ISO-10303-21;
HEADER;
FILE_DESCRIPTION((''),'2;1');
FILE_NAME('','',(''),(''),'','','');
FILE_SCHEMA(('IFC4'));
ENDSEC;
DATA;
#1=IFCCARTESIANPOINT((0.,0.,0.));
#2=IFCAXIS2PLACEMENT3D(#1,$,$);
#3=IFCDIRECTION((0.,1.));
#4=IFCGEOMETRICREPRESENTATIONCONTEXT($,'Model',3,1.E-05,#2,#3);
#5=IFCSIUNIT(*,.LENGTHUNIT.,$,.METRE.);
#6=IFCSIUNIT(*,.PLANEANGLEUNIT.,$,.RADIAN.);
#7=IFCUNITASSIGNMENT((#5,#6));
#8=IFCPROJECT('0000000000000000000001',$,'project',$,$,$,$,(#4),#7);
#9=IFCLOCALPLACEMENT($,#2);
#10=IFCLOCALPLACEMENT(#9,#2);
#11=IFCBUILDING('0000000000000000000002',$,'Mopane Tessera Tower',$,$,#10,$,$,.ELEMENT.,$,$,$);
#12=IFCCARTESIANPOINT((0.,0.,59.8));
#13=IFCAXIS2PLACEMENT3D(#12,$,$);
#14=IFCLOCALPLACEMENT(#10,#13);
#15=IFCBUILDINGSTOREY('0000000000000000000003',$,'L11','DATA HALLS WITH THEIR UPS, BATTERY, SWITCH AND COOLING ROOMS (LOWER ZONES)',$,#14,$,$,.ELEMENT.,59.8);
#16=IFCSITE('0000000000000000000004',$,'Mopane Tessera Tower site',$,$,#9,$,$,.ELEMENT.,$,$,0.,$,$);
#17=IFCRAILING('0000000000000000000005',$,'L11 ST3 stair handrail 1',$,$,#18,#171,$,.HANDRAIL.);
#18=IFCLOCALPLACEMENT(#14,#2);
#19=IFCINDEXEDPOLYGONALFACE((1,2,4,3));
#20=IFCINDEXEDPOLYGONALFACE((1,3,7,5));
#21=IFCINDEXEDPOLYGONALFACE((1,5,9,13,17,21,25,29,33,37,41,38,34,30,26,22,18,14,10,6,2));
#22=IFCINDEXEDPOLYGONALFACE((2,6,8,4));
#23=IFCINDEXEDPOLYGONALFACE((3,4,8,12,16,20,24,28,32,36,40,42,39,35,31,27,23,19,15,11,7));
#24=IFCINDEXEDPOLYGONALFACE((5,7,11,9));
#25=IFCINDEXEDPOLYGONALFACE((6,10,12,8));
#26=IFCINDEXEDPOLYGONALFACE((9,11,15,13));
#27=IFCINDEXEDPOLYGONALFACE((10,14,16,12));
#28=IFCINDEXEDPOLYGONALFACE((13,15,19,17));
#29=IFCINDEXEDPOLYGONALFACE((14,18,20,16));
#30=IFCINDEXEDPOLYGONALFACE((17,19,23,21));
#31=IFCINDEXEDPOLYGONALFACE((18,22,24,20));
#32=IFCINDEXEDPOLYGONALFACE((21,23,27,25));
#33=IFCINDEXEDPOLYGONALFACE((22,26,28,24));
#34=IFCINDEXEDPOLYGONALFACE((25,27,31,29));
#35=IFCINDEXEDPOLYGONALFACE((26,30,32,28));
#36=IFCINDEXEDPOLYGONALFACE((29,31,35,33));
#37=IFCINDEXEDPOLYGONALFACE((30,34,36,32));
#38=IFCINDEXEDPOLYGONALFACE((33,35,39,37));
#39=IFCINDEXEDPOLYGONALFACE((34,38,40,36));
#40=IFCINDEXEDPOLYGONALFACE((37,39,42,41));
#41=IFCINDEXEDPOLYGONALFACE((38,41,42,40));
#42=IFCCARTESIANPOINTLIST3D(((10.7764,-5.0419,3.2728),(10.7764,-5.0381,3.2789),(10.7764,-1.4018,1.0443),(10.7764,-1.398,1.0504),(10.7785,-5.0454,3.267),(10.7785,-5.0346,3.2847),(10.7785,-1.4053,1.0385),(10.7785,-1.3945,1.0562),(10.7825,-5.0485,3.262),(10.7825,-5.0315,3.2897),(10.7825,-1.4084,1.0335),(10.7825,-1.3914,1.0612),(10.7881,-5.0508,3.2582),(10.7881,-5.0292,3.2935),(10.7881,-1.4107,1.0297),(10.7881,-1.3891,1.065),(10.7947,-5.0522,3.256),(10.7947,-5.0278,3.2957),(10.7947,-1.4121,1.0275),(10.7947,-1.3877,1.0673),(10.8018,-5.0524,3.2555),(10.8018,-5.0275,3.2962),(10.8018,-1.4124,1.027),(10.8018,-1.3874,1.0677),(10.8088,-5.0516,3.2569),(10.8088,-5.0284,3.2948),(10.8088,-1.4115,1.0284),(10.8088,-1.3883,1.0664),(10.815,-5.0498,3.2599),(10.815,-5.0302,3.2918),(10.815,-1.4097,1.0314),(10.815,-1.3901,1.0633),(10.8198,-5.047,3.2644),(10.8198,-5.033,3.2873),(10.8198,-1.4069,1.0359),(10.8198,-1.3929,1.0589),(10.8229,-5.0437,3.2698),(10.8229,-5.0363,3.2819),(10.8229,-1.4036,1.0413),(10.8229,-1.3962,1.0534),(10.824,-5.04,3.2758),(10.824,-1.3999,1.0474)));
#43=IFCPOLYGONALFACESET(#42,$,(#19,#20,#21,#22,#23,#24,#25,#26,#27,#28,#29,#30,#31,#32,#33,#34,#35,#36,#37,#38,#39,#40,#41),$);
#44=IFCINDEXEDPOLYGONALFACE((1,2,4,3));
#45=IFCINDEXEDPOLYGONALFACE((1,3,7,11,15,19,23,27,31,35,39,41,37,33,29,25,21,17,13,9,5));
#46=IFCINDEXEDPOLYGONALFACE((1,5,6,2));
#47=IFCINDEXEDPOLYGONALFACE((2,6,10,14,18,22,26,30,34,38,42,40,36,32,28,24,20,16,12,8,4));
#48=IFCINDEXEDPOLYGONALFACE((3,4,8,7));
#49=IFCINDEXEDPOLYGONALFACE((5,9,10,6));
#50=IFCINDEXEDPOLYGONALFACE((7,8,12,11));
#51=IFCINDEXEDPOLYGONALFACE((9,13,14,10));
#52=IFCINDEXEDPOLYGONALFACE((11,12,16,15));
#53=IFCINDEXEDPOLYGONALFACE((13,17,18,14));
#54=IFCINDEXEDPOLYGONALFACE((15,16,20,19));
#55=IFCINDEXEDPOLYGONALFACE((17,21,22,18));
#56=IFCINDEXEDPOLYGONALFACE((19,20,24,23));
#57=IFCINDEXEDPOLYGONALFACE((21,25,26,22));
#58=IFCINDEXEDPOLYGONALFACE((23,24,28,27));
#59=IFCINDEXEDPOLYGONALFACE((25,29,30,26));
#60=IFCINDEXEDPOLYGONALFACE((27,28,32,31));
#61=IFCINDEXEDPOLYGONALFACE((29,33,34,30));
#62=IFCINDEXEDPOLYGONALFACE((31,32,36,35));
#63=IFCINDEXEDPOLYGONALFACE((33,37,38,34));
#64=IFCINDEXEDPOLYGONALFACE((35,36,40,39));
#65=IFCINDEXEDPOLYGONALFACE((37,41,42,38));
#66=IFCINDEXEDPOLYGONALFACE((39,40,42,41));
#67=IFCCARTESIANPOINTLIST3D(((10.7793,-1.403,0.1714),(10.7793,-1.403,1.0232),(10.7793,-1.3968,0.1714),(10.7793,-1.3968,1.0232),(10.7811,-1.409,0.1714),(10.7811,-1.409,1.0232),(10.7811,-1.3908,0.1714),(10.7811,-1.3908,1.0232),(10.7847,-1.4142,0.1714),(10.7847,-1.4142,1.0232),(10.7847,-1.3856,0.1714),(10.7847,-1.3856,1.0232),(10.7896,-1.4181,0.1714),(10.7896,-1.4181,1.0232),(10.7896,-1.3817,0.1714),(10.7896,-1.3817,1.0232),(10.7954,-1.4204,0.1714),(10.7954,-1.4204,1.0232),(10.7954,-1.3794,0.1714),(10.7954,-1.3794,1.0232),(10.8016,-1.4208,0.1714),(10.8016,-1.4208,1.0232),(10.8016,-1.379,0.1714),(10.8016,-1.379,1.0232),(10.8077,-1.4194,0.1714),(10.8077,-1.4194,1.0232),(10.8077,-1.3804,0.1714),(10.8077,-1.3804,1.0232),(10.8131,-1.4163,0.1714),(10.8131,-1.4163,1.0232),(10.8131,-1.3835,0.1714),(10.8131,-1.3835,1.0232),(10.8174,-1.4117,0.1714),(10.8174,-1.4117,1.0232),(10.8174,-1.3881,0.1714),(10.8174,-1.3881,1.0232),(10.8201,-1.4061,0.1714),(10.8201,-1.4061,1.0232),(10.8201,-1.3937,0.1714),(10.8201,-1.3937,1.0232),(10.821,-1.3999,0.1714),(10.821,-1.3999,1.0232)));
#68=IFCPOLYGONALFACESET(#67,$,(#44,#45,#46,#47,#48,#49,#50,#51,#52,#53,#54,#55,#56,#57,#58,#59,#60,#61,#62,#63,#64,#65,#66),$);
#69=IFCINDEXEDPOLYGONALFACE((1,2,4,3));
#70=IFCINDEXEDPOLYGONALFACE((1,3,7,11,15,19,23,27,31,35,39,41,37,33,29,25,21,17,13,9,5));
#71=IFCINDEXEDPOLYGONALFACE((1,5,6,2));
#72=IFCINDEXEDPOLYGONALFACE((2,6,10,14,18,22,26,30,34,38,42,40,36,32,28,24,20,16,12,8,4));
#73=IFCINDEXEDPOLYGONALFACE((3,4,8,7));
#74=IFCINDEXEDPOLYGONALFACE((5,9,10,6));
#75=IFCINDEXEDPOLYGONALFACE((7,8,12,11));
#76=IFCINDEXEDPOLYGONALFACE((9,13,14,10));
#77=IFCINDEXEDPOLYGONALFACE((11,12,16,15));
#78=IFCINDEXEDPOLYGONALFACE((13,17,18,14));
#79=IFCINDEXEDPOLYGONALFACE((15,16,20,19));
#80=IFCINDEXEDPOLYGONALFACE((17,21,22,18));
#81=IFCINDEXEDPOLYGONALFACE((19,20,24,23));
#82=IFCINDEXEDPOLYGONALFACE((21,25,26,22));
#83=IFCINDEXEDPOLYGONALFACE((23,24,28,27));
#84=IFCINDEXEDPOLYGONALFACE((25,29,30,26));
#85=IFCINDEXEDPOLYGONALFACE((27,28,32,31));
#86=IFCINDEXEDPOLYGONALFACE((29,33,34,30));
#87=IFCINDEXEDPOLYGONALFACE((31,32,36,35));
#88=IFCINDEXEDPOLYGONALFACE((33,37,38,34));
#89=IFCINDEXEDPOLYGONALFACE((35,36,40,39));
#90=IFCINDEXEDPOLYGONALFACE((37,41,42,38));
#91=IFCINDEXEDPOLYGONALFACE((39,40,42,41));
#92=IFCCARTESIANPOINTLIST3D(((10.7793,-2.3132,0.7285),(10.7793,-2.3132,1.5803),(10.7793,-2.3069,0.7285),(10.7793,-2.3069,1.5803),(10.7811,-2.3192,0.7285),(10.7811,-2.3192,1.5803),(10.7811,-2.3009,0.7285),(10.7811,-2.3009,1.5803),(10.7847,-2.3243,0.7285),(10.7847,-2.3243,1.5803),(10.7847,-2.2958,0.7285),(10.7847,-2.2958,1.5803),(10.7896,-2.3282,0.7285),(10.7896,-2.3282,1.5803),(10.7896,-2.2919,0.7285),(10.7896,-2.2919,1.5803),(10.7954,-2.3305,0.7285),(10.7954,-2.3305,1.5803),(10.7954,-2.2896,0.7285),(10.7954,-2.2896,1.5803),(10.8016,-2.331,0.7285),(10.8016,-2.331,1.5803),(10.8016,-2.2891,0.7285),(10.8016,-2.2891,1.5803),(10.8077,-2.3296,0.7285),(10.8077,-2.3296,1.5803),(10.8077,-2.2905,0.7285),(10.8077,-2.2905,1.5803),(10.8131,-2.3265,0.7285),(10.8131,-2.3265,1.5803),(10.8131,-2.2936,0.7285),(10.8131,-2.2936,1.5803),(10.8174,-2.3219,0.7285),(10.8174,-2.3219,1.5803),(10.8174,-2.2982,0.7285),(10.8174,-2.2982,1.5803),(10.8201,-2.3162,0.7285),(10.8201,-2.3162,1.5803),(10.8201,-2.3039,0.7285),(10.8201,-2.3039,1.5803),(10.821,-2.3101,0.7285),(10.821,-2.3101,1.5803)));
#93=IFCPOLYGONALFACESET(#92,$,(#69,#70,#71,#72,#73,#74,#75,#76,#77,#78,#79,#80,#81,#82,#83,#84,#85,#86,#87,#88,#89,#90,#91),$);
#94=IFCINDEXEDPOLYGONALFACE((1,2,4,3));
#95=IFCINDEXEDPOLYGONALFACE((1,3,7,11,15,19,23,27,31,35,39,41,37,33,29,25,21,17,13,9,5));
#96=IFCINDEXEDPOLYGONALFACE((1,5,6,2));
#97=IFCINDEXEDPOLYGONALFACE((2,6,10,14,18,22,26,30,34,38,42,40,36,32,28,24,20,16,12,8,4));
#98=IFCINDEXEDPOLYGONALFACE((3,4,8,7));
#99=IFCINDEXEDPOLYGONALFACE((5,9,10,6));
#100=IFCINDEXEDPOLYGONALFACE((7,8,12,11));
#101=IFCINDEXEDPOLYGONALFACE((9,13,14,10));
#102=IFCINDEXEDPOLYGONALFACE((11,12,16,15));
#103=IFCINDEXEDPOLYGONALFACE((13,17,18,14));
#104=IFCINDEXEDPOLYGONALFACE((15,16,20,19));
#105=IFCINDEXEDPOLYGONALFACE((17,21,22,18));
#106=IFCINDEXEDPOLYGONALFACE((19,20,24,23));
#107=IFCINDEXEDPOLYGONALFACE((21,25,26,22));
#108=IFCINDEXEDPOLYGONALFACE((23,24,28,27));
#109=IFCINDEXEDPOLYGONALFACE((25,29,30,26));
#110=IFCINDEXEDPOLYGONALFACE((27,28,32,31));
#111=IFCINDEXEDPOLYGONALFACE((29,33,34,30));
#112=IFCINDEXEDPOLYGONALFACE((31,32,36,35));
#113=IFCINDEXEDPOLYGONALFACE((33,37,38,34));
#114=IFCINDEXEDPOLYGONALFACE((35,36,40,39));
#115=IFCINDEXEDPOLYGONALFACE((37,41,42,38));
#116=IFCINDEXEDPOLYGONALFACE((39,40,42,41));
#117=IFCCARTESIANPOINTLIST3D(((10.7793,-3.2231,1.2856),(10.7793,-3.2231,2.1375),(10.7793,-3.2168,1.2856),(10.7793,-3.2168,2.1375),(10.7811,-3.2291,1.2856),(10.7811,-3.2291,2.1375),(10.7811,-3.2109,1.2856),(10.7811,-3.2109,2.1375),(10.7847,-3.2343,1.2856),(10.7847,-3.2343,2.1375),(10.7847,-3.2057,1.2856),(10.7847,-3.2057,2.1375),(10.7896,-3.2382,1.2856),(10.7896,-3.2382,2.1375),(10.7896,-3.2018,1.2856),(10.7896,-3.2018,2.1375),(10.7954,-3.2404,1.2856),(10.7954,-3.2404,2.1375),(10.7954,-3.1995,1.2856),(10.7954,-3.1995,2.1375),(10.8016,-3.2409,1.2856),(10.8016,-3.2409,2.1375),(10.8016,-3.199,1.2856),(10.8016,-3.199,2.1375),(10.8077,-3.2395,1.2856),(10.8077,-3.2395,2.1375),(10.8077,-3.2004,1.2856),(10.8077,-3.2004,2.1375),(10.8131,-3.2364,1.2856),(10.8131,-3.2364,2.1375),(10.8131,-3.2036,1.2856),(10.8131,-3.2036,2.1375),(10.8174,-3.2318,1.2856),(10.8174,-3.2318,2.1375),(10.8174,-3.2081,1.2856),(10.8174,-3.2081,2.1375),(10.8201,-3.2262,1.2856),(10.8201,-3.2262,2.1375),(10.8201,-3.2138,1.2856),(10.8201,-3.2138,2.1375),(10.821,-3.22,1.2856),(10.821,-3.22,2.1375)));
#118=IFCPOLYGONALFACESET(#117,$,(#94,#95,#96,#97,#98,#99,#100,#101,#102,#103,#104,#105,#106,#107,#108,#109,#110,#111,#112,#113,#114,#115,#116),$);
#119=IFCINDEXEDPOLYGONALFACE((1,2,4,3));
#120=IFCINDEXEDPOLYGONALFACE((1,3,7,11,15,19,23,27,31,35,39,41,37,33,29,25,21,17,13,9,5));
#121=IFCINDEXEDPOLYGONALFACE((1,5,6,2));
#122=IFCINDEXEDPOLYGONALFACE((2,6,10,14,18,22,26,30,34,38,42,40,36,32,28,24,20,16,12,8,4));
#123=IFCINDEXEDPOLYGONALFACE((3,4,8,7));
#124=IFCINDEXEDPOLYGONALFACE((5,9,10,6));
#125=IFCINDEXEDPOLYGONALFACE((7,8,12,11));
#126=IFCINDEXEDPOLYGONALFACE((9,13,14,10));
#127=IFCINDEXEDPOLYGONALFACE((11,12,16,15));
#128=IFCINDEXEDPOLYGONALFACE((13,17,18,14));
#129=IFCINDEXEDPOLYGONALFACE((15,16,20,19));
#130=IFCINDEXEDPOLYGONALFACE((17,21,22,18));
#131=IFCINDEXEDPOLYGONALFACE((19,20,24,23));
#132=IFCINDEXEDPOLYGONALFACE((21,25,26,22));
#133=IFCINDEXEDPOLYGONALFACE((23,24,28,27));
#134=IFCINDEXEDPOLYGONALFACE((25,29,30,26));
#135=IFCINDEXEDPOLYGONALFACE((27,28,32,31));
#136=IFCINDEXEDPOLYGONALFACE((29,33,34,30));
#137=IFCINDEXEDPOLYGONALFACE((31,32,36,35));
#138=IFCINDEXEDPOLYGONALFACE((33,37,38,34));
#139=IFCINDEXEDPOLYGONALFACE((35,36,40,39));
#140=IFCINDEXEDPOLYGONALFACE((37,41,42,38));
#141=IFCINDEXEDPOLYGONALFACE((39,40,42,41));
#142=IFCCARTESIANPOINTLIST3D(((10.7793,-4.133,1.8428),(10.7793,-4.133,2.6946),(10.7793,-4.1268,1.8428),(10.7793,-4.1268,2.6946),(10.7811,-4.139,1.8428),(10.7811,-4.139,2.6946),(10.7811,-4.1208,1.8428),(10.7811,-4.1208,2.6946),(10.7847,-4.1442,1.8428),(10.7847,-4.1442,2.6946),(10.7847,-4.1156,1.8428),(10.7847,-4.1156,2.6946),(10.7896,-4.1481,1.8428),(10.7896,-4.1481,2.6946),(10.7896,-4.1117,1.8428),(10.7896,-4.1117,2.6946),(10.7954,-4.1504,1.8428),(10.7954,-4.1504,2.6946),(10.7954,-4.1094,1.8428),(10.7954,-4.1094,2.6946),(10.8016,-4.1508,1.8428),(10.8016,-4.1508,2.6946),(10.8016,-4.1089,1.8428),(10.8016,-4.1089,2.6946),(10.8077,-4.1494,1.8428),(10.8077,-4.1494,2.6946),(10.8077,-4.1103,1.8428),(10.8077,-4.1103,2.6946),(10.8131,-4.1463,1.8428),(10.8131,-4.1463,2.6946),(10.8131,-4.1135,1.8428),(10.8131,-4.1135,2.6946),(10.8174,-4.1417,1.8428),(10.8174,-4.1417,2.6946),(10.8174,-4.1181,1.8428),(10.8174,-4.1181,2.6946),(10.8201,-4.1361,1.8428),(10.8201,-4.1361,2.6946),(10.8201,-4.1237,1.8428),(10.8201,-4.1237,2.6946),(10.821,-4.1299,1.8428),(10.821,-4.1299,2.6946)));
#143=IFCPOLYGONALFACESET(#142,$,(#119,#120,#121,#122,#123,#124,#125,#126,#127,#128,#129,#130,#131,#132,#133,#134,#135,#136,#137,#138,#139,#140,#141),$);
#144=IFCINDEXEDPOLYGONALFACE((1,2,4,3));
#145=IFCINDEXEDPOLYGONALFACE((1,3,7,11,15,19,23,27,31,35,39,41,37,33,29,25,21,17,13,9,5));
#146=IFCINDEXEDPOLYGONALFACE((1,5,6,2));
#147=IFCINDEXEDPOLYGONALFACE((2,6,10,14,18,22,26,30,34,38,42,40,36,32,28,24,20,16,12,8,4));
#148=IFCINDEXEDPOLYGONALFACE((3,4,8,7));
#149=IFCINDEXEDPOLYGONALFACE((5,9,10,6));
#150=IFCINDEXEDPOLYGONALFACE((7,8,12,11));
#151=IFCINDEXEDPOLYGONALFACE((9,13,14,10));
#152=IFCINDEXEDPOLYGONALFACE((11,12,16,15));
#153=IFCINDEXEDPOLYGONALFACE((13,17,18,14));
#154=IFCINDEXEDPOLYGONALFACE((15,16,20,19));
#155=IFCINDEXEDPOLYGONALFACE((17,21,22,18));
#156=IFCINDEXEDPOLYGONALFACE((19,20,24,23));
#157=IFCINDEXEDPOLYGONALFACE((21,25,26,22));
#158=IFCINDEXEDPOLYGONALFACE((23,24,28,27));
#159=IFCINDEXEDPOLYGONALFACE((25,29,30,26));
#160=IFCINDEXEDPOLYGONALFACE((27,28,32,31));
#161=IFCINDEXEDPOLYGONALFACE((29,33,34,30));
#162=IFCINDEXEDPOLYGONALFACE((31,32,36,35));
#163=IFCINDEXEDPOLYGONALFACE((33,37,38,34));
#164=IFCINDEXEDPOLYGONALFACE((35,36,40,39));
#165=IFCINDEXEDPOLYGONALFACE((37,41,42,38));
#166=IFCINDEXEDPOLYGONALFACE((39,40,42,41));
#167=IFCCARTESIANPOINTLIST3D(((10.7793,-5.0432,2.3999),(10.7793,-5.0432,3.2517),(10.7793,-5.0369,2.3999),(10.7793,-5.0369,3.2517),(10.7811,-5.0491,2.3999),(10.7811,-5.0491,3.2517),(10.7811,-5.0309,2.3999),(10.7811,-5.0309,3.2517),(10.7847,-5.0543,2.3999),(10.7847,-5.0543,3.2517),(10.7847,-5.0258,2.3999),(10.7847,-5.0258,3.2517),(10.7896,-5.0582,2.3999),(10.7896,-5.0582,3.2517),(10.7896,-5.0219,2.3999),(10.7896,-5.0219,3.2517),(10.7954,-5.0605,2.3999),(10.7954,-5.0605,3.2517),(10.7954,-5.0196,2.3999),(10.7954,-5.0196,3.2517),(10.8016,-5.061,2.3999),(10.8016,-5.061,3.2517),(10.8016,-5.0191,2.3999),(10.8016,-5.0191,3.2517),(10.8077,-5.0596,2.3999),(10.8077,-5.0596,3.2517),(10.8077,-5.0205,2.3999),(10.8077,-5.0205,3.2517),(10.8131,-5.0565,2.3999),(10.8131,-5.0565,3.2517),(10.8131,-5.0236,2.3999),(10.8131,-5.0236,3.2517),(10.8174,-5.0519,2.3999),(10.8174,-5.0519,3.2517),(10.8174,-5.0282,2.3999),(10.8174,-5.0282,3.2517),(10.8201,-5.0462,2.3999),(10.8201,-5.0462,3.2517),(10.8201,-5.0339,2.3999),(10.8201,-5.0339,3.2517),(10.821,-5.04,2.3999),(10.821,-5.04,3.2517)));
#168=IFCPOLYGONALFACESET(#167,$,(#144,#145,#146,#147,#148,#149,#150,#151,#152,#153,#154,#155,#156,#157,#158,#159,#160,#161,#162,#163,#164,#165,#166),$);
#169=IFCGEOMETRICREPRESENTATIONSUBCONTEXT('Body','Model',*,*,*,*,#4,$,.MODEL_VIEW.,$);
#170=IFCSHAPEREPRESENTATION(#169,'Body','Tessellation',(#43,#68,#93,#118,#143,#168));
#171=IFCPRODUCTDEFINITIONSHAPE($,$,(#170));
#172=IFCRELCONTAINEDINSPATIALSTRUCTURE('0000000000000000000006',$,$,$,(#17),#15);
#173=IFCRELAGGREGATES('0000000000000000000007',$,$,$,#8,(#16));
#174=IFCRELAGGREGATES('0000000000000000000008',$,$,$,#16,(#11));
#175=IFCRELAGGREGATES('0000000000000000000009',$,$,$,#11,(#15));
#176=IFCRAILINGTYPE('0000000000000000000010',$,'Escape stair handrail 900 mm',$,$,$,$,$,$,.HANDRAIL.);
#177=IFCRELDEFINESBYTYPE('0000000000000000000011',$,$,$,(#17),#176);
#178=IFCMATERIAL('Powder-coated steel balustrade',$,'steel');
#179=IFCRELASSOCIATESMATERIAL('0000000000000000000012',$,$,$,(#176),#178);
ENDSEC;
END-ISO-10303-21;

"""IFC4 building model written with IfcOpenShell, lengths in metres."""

from ifc_helpers import new_model, si_unit, direction, frame, origin, origin_2d, place, context, subcontext, project, spatial, circle, extrude, material, type_object, element, save


model = new_model("IFC4")

# Units and contexts
model_context = context("Model", 3, precision=1e-05, world=origin(), true_north=direction((0.0, 1.0)))
body_context = subcontext(model_context, "Body", "Model", "MODEL_VIEW")
ifc_project = project(units=[si_unit("LENGTHUNIT", "METRE"), si_unit("PLANEANGLEUNIT", "RADIAN")], contexts=[model_context])

# Site, building, storey
site_placement = place(None, origin())
site = spatial("IfcSite", under=ifc_project, at=site_placement, Name="Mopane Tessera Tower site", CompositionType="ELEMENT", RefElevation=0.0)
building_placement = place(site_placement, origin())
building = spatial("IfcBuilding", under=site, at=building_placement, Name="Mopane Tessera Tower", CompositionType="ELEMENT")
storey_placement = place(building_placement, frame((0.0, 0.0, 59.8)))
storey = spatial("IfcBuildingStorey", under=building, at=storey_placement, Name="L11", Description="DATA HALLS WITH THEIR UPS, BATTERY, SWITCH AND COOLING ROOMS (LOWER ZONES)", CompositionType="ELEMENT", Elevation=59.8)

# Railing
ifc_material_1 = material(Name="Powder-coated steel balustrade", Category="steel")
railing_type_1 = type_object("IfcRailingType", Name="Escape stair handrail 900 mm", PredefinedType="HANDRAIL", material=ifc_material_1)
railing_1_placement = place(storey_placement, frame((10.8, -1.3999, 0.1714)))
element("IfcRailing", 1, at=railing_1_placement, inside=storey, type_object=railing_type_1, Name="L11 ST3 stair handrail 1", PredefinedType="HANDRAIL", context=body_context, shape_type="SweptSolid", body=[
    extrude(circle(Radius=0.0239, at=origin_2d()), frame((0.0, 0.0, 0.876), z_axis=(0.0, -0.852866, 0.52213), x_axis=(1.0, 0.0, 0.0)), (0.0, 0.0, 1.0), 4.2681),
    extrude(circle(Radius=0.021, at=origin_2d()), origin(), (0.0, 0.0, 1.0), 0.8518),
    extrude(circle(Radius=0.021, at=origin_2d()), frame((0.0, -0.9102, 0.5571)), (0.0, 0.0, 1.0), 0.8518),
    extrude(circle(Radius=0.021, at=origin_2d()), frame((0.0, -1.8201, 1.1143)), (0.0, 0.0, 1.0), 0.8518),
    extrude(circle(Radius=0.021, at=origin_2d()), frame((0.0, -2.73, 1.6714)), (0.0, 0.0, 1.0), 0.8518),
    extrude(circle(Radius=0.021, at=origin_2d()), frame((0.0, -3.6401, 2.2285)), (0.0, 0.0, 1.0), 0.8518),
])

save(model, "model.ifc")
